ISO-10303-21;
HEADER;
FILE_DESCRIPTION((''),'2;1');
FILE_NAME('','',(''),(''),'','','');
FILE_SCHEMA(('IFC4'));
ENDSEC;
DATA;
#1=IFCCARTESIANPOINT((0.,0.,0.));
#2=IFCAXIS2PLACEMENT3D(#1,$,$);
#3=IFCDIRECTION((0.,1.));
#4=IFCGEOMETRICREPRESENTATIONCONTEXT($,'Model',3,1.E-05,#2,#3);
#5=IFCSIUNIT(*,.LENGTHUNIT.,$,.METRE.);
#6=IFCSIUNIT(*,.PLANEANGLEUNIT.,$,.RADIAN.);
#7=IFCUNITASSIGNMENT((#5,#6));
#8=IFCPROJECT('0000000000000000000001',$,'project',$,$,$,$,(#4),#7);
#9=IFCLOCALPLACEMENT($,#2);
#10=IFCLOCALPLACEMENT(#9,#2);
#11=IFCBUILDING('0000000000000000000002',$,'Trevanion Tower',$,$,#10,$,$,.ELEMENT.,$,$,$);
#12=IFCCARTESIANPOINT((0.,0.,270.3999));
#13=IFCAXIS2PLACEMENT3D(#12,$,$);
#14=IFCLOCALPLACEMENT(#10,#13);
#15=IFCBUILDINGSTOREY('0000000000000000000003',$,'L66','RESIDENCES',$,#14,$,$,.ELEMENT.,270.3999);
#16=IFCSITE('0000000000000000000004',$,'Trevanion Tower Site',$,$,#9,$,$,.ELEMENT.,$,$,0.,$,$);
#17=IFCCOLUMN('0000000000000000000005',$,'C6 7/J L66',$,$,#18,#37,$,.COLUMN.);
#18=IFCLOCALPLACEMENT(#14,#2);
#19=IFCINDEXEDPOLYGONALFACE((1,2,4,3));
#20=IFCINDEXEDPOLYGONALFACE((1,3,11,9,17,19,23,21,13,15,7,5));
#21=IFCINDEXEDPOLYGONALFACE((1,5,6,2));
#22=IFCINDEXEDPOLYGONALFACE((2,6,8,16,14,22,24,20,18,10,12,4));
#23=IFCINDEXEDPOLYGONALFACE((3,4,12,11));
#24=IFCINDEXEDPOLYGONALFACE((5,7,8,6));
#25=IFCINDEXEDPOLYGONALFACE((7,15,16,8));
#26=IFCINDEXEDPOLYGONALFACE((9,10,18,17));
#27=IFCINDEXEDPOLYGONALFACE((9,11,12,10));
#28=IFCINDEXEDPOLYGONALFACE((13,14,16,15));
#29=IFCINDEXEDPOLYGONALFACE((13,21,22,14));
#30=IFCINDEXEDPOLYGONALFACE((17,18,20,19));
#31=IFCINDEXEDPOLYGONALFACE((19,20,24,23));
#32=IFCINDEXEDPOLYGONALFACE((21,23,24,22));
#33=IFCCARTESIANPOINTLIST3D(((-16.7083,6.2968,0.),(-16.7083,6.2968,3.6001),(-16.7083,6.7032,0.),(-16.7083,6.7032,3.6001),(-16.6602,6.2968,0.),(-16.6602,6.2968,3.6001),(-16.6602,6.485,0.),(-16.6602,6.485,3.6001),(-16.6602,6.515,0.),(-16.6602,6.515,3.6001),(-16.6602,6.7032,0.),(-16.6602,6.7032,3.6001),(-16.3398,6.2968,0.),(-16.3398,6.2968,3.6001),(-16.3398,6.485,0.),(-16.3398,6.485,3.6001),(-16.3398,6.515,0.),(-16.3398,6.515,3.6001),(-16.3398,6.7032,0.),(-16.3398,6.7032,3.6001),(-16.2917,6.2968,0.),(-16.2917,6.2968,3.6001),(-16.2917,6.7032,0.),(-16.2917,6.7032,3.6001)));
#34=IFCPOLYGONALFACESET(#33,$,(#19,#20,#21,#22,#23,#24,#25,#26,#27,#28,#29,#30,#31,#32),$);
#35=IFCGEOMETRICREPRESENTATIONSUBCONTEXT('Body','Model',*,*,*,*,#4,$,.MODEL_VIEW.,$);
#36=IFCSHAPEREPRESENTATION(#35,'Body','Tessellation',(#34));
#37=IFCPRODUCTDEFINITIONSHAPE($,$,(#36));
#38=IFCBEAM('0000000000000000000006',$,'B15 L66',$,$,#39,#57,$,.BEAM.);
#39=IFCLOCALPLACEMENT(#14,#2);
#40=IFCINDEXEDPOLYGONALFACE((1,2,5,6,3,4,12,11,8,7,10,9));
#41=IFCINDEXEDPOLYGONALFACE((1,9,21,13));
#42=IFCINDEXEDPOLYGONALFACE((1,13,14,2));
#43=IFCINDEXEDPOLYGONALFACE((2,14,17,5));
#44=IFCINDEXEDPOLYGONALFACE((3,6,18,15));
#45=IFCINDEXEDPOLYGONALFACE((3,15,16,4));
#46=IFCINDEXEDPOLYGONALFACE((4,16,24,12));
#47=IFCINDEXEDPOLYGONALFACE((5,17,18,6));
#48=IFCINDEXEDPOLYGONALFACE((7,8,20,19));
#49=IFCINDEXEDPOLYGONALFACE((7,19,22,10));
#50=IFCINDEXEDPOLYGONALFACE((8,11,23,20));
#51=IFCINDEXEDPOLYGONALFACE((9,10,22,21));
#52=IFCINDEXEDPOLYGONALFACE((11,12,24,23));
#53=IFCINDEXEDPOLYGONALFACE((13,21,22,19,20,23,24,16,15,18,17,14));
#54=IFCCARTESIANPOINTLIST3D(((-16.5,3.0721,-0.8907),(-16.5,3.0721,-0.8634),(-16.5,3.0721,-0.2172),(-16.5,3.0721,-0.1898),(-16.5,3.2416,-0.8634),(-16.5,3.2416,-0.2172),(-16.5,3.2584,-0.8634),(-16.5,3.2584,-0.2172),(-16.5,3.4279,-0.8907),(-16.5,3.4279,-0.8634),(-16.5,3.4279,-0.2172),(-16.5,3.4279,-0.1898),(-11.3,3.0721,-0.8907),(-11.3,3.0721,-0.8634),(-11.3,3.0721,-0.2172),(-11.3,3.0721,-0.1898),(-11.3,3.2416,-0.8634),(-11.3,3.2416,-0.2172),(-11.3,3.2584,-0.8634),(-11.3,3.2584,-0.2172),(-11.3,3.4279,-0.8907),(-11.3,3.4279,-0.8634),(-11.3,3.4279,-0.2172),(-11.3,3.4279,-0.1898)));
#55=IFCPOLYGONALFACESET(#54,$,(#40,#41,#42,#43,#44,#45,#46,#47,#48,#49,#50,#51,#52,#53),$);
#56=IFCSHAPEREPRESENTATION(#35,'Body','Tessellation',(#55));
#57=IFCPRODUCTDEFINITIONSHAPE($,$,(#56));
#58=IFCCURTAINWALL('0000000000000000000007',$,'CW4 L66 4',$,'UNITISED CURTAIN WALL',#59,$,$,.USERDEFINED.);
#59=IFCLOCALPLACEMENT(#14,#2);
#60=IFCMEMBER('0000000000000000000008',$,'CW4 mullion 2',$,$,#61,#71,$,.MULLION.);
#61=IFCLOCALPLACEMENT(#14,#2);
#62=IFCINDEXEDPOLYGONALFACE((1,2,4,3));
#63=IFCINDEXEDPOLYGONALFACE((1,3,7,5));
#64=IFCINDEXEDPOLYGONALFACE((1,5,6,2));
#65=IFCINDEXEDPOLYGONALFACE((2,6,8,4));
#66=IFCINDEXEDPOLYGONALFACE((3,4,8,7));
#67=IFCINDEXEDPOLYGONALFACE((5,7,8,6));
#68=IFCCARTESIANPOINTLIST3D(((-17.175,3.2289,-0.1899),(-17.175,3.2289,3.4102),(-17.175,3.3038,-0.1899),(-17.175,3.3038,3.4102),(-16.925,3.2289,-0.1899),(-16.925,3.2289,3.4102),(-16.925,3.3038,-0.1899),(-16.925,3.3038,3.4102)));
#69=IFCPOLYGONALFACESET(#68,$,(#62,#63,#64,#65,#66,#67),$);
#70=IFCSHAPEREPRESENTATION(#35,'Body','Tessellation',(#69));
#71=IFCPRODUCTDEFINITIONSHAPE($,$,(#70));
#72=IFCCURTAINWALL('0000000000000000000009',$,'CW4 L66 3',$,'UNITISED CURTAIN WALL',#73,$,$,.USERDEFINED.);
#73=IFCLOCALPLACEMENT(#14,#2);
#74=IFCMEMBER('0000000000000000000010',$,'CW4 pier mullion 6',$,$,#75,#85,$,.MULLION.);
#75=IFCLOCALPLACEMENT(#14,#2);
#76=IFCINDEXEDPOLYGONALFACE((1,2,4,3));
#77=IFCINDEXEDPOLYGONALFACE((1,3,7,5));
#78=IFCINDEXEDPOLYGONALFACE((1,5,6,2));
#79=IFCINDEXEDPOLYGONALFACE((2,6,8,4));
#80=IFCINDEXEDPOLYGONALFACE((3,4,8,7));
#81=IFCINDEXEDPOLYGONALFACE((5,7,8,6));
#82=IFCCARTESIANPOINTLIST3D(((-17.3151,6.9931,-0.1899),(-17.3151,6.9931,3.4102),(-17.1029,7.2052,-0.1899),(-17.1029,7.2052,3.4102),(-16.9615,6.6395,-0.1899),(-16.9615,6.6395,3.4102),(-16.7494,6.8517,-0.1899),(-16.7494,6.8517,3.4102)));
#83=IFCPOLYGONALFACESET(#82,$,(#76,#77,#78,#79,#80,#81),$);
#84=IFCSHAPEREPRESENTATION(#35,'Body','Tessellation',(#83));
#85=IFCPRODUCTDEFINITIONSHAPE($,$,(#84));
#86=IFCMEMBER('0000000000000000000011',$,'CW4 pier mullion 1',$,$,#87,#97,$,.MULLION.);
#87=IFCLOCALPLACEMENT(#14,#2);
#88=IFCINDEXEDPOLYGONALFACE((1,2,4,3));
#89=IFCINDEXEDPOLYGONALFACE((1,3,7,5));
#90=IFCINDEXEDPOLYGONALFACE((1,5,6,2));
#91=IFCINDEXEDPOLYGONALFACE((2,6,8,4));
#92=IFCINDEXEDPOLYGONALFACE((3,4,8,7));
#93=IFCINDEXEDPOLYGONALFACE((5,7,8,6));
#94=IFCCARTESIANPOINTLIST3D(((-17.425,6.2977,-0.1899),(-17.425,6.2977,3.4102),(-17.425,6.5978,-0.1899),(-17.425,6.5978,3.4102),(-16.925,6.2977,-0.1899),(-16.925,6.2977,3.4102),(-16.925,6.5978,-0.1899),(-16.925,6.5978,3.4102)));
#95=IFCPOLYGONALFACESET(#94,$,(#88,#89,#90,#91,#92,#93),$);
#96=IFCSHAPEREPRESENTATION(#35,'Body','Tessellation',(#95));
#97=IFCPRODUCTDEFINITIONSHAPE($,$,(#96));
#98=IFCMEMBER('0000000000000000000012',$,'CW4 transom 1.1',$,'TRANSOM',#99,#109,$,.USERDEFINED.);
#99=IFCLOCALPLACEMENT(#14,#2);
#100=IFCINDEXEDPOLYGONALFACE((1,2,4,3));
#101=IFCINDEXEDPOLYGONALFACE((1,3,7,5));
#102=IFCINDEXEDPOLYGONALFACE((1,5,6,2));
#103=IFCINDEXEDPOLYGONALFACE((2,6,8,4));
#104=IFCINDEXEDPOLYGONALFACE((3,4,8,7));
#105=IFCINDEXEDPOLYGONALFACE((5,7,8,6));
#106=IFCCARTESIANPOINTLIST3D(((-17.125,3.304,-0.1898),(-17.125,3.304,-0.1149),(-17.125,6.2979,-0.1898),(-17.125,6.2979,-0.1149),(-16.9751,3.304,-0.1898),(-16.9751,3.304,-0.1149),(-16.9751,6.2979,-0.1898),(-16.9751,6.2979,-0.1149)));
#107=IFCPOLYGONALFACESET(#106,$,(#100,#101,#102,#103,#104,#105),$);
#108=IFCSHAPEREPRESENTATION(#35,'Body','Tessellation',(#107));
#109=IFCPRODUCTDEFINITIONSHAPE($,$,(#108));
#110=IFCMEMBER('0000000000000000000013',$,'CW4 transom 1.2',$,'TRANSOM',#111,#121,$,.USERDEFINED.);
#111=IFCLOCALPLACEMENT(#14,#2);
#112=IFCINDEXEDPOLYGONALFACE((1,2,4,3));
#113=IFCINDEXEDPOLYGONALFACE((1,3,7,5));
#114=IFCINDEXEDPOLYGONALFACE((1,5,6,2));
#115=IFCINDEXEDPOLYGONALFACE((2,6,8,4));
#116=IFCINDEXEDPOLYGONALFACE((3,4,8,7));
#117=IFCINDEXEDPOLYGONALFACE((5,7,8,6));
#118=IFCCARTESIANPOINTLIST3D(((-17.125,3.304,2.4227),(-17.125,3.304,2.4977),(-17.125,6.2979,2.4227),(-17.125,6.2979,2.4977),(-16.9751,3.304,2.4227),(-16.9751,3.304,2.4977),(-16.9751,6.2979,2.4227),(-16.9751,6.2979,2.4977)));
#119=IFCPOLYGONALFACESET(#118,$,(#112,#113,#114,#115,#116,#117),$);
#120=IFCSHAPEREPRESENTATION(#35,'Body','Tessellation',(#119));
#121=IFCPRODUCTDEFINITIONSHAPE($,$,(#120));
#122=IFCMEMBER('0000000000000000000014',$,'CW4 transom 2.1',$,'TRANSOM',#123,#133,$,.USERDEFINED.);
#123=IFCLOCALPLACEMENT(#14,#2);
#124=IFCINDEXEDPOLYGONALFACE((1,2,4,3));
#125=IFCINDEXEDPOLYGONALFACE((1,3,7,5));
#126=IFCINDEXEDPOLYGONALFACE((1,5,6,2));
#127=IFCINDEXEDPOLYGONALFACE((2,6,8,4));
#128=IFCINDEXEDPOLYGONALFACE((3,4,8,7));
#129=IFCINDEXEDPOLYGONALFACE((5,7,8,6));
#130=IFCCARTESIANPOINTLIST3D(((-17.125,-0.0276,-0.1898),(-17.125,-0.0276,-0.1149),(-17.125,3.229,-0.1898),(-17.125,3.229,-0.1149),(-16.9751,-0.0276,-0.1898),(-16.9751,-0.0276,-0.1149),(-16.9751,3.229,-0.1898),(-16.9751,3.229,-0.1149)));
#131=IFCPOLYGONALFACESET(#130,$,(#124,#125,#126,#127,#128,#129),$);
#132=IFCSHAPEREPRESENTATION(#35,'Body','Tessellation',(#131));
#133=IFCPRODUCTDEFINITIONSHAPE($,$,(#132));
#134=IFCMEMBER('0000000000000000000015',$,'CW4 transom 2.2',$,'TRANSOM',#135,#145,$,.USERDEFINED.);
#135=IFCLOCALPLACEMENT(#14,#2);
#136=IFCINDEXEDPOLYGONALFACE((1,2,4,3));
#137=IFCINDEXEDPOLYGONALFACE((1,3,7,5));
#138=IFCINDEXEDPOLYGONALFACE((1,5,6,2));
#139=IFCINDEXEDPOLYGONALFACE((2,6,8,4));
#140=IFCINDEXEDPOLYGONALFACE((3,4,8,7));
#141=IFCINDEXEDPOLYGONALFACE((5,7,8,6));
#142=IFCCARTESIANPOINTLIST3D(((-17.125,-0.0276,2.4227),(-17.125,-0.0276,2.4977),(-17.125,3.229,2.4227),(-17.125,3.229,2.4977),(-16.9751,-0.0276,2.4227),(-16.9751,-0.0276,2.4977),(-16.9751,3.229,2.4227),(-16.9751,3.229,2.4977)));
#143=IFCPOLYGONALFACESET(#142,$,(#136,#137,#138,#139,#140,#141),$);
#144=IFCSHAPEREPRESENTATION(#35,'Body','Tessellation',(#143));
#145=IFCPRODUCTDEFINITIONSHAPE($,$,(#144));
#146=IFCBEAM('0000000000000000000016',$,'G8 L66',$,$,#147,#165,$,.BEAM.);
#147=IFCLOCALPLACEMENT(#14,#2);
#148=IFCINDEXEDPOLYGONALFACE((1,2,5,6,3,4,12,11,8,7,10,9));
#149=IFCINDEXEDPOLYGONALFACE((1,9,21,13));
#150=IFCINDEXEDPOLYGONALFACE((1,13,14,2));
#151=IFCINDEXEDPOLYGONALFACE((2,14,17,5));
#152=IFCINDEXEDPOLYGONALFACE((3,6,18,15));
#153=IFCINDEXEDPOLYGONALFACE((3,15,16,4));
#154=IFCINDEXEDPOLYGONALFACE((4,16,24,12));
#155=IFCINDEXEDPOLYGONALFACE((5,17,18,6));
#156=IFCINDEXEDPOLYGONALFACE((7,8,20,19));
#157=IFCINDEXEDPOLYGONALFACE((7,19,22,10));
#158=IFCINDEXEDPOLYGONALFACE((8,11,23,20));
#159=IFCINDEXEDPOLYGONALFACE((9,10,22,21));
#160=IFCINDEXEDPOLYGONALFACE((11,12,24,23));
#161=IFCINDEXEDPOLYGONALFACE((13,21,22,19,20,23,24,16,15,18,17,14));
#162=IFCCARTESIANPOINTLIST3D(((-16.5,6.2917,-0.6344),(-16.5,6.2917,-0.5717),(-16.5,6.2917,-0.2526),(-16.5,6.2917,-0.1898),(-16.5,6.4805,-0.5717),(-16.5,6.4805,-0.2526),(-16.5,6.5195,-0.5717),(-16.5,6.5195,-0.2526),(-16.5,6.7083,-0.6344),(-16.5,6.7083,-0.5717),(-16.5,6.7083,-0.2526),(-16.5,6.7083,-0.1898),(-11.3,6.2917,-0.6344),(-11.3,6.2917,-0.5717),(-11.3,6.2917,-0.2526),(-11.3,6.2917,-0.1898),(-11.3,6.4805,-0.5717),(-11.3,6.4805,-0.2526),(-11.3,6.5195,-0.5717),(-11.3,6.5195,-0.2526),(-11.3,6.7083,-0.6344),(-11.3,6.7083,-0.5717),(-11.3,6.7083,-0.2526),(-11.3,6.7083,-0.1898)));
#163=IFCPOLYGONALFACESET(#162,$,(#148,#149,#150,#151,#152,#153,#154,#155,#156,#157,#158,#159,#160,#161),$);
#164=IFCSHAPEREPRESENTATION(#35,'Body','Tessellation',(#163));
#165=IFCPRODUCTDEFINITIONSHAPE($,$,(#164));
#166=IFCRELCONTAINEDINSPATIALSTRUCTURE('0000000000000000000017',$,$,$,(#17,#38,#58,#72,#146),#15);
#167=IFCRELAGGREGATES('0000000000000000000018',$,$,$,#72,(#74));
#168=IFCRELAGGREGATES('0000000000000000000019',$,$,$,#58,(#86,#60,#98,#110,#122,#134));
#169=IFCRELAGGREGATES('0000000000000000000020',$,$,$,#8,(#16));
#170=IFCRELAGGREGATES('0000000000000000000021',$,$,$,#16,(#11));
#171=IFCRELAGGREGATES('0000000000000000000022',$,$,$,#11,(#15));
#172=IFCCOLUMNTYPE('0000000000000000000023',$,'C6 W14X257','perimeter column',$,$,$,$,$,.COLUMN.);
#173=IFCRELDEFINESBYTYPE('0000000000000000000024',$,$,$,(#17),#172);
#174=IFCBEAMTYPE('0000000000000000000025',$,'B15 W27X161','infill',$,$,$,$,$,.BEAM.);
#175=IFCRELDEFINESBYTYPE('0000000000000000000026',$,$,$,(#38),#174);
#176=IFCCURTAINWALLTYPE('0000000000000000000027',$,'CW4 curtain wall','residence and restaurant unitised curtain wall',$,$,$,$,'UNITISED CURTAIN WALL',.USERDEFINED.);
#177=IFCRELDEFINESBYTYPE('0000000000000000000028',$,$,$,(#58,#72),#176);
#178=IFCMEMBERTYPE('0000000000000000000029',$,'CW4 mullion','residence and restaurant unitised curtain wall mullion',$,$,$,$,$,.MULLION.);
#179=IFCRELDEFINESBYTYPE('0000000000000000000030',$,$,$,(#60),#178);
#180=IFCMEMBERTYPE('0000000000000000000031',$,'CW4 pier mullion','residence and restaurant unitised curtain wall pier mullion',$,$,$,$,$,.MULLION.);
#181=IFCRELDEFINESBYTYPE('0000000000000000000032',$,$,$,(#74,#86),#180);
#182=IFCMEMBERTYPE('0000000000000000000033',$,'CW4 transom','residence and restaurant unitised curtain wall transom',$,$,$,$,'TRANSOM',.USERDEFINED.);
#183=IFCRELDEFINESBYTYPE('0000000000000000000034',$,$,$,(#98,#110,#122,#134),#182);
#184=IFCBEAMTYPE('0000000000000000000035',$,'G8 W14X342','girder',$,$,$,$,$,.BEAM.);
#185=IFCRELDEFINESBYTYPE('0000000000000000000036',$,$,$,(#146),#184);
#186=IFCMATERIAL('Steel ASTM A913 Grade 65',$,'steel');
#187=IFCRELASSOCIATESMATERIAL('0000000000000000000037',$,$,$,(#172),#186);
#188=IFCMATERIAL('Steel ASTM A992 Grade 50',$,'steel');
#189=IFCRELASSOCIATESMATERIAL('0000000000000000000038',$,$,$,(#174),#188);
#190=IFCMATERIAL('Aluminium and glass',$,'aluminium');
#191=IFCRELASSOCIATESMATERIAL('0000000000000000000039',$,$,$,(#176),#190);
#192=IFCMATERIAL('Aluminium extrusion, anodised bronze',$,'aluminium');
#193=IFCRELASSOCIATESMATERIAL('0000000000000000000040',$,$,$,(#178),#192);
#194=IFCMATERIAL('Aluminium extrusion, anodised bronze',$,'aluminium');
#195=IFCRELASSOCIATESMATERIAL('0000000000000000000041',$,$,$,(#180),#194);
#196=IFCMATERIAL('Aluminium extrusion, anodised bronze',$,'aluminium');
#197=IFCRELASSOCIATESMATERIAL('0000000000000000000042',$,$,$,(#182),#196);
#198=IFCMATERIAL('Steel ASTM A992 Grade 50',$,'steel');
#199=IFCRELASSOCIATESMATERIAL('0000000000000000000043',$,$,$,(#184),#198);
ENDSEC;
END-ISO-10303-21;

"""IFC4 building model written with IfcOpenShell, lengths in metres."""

from ifc_helpers import new_model, si_unit, direction, frame, origin, origin_2d, place, context, subcontext, project, spatial, rectangle, i_section, extrude, material, material_profile, profile_set, type_object, element, aggregate, save


model = new_model("IFC4")

# Units and contexts
model_context = context("Model", 3, precision=1e-05, world=origin(), true_north=direction((0.0, 1.0)))
body_context = subcontext(model_context, "Body", "Model", "MODEL_VIEW")
ifc_project = project(units=[si_unit("LENGTHUNIT", "METRE"), si_unit("PLANEANGLEUNIT", "RADIAN")], contexts=[model_context])

# Site, building, storey
site_placement = place(None, origin())
site = spatial("IfcSite", under=ifc_project, at=site_placement, Name="Trevanion Tower Site", CompositionType="ELEMENT", RefElevation=0.0)
building_placement = place(site_placement, origin())
building = spatial("IfcBuilding", under=site, at=building_placement, Name="Trevanion Tower", CompositionType="ELEMENT")
storey_placement = place(building_placement, frame((0.0, 0.0, 270.3999)))
storey = spatial("IfcBuildingStorey", under=building, at=storey_placement, Name="L66", Description="RESIDENCES", CompositionType="ELEMENT", Elevation=270.3999)

# Column
ifc_material_1 = material(Name="Steel ASTM A913 Grade 65", Category="steel")
ifc_material_profile_1 = material_profile(ifc_material_1, i_section(OverallWidth=0.4065, OverallDepth=0.4165, WebThickness=0.03, FlangeThickness=0.0481, at=origin_2d()), Name="W14X257")
ifc_profile_set_1 = profile_set([ifc_material_profile_1], Name="Steel ASTM A913 Grade 65")
column_type = type_object("IfcColumnType", Name="C6 W14X257", Description="perimeter column", PredefinedType="COLUMN", material=ifc_profile_set_1)
column_placement = place(storey_placement, frame((-16.5, 6.5, 0.0), z_axis=(0.0, 0.0, 1.0), x_axis=(0.0, 1.0, 0.0)))
element("IfcColumn", 1, at=column_placement, inside=storey, type_object=column_type, Name="C6 7/J L66", PredefinedType="COLUMN", context=body_context, shape_type="SweptSolid", body=[
    extrude(i_section(OverallWidth=0.4065, OverallDepth=0.4165, WebThickness=0.03, FlangeThickness=0.0481, at=origin_2d()), origin(), (0.0, 0.0, 1.0), 3.6001),
])

# Beam
ifc_material_2 = material(Name="Steel ASTM A992 Grade 50", Category="steel")
ifc_material_profile_2 = material_profile(ifc_material_2, i_section(OverallWidth=0.3557, OverallDepth=0.7009, WebThickness=0.0168, FlangeThickness=0.0273, at=origin_2d()), Name="W27X161")
ifc_profile_set_2 = profile_set([ifc_material_profile_2], Name="Steel ASTM A992 Grade 50")
beam_type_1 = type_object("IfcBeamType", Name="B15 W27X161", Description="infill", PredefinedType="BEAM", material=ifc_profile_set_2)
beam_1_placement = place(storey_placement, frame((-11.3, 3.25, -0.5403), z_axis=(-1.0, 0.0, 0.0), x_axis=(0.0, -1.0, 0.0)))
element("IfcBeam", 2, at=beam_1_placement, inside=storey, type_object=beam_type_1, Name="B15 L66", PredefinedType="BEAM", context=body_context, shape_type="SweptSolid", body=[
    extrude(i_section(OverallWidth=0.3557, OverallDepth=0.7009, WebThickness=0.0168, FlangeThickness=0.0273, at=origin_2d()), origin(), (0.0, 0.0, 1.0), 5.2),
])

# Curtain walls, members
ifc_material_3 = material(Name="Aluminium and glass", Category="aluminium")
curtain_wall_type = type_object("IfcCurtainWallType", Name="CW4 curtain wall", Description="residence and restaurant unitised curtain wall", ElementType="UNITISED CURTAIN WALL", PredefinedType="USERDEFINED", material=ifc_material_3)
curtain_wall_1_placement = place(storey_placement, origin())
curtain_wall_1 = element("IfcCurtainWall", 3, at=curtain_wall_1_placement, inside=storey, type_object=curtain_wall_type, Name="CW4 L66 4", ObjectType="UNITISED CURTAIN WALL", PredefinedType="USERDEFINED")
ifc_material_4 = material(Name="Aluminium extrusion, anodised bronze", Category="aluminium")
ifc_material_profile_3 = material_profile(ifc_material_4, rectangle(XDim=0.075, YDim=0.25, at=origin_2d()), Name="CW4 mullion")
ifc_profile_set_3 = profile_set([ifc_material_profile_3], Name="Aluminium extrusion, anodised bronze")
member_type_1 = type_object("IfcMemberType", Name="CW4 mullion", Description="residence and restaurant unitised curtain wall mullion", PredefinedType="MULLION", material=ifc_profile_set_3)
member_1_placement = place(storey_placement, frame((-17.05, 3.2664, -0.1899), z_axis=(0.0, 0.0, 1.0), x_axis=(0.0, -1.0, 0.0)))
member_1 = element("IfcMember", 4, at=member_1_placement, type_object=member_type_1, Name="CW4 mullion 2", PredefinedType="MULLION", context=body_context, shape_type="SweptSolid", body=[
    extrude(rectangle(XDim=0.075, YDim=0.25, at=origin_2d()), origin(), (0.0, 0.0, 1.0), 3.6001),
])
curtain_wall_2_placement = place(storey_placement, origin())
curtain_wall_2 = element("IfcCurtainWall", 5, at=curtain_wall_2_placement, inside=storey, type_object=curtain_wall_type, Name="CW4 L66 3", ObjectType="UNITISED CURTAIN WALL", PredefinedType="USERDEFINED")
ifc_material_5 = material(Name="Aluminium extrusion, anodised bronze", Category="aluminium")
ifc_material_profile_4 = material_profile(ifc_material_5, rectangle(XDim=0.3, YDim=0.5, at=origin_2d()), Name="CW4 pier mullion")
ifc_profile_set_4 = profile_set([ifc_material_profile_4], Name="Aluminium extrusion, anodised bronze")
member_type_2 = type_object("IfcMemberType", Name="CW4 pier mullion", Description="residence and restaurant unitised curtain wall pier mullion", PredefinedType="MULLION", material=ifc_profile_set_4)
member_2_placement = place(storey_placement, frame((-17.0322, 6.9224, -0.1899), z_axis=(0.0, 0.0, 1.0), x_axis=(-0.707107, -0.707107, 0.0)))
member_2 = element("IfcMember", 6, at=member_2_placement, type_object=member_type_2, Name="CW4 pier mullion 6", PredefinedType="MULLION", context=body_context, shape_type="SweptSolid", body=[
    extrude(rectangle(XDim=0.3, YDim=0.5, at=origin_2d()), origin(), (0.0, 0.0, 1.0), 3.6001),
])

# Members
member_3_placement = place(storey_placement, frame((-17.175, 6.4478, -0.1899), z_axis=(0.0, 0.0, 1.0), x_axis=(0.0, -1.0, 0.0)))
member_3 = element("IfcMember", 7, at=member_3_placement, type_object=member_type_2, Name="CW4 pier mullion 1", PredefinedType="MULLION", context=body_context, shape_type="SweptSolid", body=[
    extrude(rectangle(XDim=0.3, YDim=0.5, at=origin_2d()), origin(), (0.0, 0.0, 1.0), 3.6001),
])
ifc_material_6 = material(Name="Aluminium extrusion, anodised bronze", Category="aluminium")
ifc_material_profile_5 = material_profile(ifc_material_6, rectangle(XDim=0.1499, YDim=0.075, at=origin_2d()), Name="CW4 transom")
ifc_profile_set_5 = profile_set([ifc_material_profile_5], Name="Aluminium extrusion, anodised bronze")
member_type_3 = type_object("IfcMemberType", Name="CW4 transom", Description="residence and restaurant unitised curtain wall transom", ElementType="TRANSOM", PredefinedType="USERDEFINED", material=ifc_profile_set_5)
member_4_placement = place(storey_placement, frame((-17.05, 6.2979, -0.1523), z_axis=(0.0, -1.0, 0.0), x_axis=(1.0, 0.0, 0.0)))
member_4 = element("IfcMember", 8, at=member_4_placement, type_object=member_type_3, Name="CW4 transom 1.1", ObjectType="TRANSOM", PredefinedType="USERDEFINED", context=body_context, shape_type="SweptSolid", body=[
    extrude(rectangle(XDim=0.1499, YDim=0.075, at=origin_2d()), origin(), (0.0, 0.0, 1.0), 2.9939),
])
member_5_placement = place(storey_placement, frame((-17.05, 6.2979, 2.4602), z_axis=(0.0, -1.0, 0.0), x_axis=(1.0, 0.0, 0.0)))
member_5 = element("IfcMember", 9, at=member_5_placement, type_object=member_type_3, Name="CW4 transom 1.2", ObjectType="TRANSOM", PredefinedType="USERDEFINED", context=body_context, shape_type="SweptSolid", body=[
    extrude(rectangle(XDim=0.1499, YDim=0.075, at=origin_2d()), origin(), (0.0, 0.0, 1.0), 2.9939),
])
member_6_placement = place(storey_placement, frame((-17.05, 3.229, -0.1523), z_axis=(0.0, -1.0, 0.0), x_axis=(1.0, 0.0, 0.0)))
member_6 = element("IfcMember", 10, at=member_6_placement, type_object=member_type_3, Name="CW4 transom 2.1", ObjectType="TRANSOM", PredefinedType="USERDEFINED", context=body_context, shape_type="SweptSolid", body=[
    extrude(rectangle(XDim=0.1499, YDim=0.075, at=origin_2d()), origin(), (0.0, 0.0, 1.0), 3.2566),
])
member_7_placement = place(storey_placement, frame((-17.05, 3.229, 2.4602), z_axis=(0.0, -1.0, 0.0), x_axis=(1.0, 0.0, 0.0)))
member_7 = element("IfcMember", 11, at=member_7_placement, type_object=member_type_3, Name="CW4 transom 2.2", ObjectType="TRANSOM", PredefinedType="USERDEFINED", context=body_context, shape_type="SweptSolid", body=[
    extrude(rectangle(XDim=0.1499, YDim=0.075, at=origin_2d()), origin(), (0.0, 0.0, 1.0), 3.2566),
])

# Beam
ifc_material_7 = material(Name="Steel ASTM A992 Grade 50", Category="steel")
ifc_material_profile_6 = material_profile(ifc_material_7, i_section(OverallWidth=0.4165, OverallDepth=0.4446, WebThickness=0.0391, FlangeThickness=0.0627, at=origin_2d()), Name="W14X342")
ifc_profile_set_6 = profile_set([ifc_material_profile_6], Name="Steel ASTM A992 Grade 50")
beam_type_2 = type_object("IfcBeamType", Name="G8 W14X342", Description="girder", PredefinedType="BEAM", material=ifc_profile_set_6)
beam_2_placement = place(storey_placement, frame((-11.3, 6.5, -0.4121), z_axis=(-1.0, 0.0, 0.0), x_axis=(0.0, -1.0, 0.0)))
element("IfcBeam", 12, at=beam_2_placement, inside=storey, type_object=beam_type_2, Name="G8 L66", PredefinedType="BEAM", context=body_context, shape_type="SweptSolid", body=[
    extrude(i_section(OverallWidth=0.4165, OverallDepth=0.4446, WebThickness=0.0391, FlangeThickness=0.0627, at=origin_2d()), origin(), (0.0, 0.0, 1.0), 5.2),
])

aggregate(curtain_wall_2, [member_2])
aggregate(curtain_wall_1, [member_3, member_1, member_4, member_5, member_6, member_7])

save(model, "model.ifc")
